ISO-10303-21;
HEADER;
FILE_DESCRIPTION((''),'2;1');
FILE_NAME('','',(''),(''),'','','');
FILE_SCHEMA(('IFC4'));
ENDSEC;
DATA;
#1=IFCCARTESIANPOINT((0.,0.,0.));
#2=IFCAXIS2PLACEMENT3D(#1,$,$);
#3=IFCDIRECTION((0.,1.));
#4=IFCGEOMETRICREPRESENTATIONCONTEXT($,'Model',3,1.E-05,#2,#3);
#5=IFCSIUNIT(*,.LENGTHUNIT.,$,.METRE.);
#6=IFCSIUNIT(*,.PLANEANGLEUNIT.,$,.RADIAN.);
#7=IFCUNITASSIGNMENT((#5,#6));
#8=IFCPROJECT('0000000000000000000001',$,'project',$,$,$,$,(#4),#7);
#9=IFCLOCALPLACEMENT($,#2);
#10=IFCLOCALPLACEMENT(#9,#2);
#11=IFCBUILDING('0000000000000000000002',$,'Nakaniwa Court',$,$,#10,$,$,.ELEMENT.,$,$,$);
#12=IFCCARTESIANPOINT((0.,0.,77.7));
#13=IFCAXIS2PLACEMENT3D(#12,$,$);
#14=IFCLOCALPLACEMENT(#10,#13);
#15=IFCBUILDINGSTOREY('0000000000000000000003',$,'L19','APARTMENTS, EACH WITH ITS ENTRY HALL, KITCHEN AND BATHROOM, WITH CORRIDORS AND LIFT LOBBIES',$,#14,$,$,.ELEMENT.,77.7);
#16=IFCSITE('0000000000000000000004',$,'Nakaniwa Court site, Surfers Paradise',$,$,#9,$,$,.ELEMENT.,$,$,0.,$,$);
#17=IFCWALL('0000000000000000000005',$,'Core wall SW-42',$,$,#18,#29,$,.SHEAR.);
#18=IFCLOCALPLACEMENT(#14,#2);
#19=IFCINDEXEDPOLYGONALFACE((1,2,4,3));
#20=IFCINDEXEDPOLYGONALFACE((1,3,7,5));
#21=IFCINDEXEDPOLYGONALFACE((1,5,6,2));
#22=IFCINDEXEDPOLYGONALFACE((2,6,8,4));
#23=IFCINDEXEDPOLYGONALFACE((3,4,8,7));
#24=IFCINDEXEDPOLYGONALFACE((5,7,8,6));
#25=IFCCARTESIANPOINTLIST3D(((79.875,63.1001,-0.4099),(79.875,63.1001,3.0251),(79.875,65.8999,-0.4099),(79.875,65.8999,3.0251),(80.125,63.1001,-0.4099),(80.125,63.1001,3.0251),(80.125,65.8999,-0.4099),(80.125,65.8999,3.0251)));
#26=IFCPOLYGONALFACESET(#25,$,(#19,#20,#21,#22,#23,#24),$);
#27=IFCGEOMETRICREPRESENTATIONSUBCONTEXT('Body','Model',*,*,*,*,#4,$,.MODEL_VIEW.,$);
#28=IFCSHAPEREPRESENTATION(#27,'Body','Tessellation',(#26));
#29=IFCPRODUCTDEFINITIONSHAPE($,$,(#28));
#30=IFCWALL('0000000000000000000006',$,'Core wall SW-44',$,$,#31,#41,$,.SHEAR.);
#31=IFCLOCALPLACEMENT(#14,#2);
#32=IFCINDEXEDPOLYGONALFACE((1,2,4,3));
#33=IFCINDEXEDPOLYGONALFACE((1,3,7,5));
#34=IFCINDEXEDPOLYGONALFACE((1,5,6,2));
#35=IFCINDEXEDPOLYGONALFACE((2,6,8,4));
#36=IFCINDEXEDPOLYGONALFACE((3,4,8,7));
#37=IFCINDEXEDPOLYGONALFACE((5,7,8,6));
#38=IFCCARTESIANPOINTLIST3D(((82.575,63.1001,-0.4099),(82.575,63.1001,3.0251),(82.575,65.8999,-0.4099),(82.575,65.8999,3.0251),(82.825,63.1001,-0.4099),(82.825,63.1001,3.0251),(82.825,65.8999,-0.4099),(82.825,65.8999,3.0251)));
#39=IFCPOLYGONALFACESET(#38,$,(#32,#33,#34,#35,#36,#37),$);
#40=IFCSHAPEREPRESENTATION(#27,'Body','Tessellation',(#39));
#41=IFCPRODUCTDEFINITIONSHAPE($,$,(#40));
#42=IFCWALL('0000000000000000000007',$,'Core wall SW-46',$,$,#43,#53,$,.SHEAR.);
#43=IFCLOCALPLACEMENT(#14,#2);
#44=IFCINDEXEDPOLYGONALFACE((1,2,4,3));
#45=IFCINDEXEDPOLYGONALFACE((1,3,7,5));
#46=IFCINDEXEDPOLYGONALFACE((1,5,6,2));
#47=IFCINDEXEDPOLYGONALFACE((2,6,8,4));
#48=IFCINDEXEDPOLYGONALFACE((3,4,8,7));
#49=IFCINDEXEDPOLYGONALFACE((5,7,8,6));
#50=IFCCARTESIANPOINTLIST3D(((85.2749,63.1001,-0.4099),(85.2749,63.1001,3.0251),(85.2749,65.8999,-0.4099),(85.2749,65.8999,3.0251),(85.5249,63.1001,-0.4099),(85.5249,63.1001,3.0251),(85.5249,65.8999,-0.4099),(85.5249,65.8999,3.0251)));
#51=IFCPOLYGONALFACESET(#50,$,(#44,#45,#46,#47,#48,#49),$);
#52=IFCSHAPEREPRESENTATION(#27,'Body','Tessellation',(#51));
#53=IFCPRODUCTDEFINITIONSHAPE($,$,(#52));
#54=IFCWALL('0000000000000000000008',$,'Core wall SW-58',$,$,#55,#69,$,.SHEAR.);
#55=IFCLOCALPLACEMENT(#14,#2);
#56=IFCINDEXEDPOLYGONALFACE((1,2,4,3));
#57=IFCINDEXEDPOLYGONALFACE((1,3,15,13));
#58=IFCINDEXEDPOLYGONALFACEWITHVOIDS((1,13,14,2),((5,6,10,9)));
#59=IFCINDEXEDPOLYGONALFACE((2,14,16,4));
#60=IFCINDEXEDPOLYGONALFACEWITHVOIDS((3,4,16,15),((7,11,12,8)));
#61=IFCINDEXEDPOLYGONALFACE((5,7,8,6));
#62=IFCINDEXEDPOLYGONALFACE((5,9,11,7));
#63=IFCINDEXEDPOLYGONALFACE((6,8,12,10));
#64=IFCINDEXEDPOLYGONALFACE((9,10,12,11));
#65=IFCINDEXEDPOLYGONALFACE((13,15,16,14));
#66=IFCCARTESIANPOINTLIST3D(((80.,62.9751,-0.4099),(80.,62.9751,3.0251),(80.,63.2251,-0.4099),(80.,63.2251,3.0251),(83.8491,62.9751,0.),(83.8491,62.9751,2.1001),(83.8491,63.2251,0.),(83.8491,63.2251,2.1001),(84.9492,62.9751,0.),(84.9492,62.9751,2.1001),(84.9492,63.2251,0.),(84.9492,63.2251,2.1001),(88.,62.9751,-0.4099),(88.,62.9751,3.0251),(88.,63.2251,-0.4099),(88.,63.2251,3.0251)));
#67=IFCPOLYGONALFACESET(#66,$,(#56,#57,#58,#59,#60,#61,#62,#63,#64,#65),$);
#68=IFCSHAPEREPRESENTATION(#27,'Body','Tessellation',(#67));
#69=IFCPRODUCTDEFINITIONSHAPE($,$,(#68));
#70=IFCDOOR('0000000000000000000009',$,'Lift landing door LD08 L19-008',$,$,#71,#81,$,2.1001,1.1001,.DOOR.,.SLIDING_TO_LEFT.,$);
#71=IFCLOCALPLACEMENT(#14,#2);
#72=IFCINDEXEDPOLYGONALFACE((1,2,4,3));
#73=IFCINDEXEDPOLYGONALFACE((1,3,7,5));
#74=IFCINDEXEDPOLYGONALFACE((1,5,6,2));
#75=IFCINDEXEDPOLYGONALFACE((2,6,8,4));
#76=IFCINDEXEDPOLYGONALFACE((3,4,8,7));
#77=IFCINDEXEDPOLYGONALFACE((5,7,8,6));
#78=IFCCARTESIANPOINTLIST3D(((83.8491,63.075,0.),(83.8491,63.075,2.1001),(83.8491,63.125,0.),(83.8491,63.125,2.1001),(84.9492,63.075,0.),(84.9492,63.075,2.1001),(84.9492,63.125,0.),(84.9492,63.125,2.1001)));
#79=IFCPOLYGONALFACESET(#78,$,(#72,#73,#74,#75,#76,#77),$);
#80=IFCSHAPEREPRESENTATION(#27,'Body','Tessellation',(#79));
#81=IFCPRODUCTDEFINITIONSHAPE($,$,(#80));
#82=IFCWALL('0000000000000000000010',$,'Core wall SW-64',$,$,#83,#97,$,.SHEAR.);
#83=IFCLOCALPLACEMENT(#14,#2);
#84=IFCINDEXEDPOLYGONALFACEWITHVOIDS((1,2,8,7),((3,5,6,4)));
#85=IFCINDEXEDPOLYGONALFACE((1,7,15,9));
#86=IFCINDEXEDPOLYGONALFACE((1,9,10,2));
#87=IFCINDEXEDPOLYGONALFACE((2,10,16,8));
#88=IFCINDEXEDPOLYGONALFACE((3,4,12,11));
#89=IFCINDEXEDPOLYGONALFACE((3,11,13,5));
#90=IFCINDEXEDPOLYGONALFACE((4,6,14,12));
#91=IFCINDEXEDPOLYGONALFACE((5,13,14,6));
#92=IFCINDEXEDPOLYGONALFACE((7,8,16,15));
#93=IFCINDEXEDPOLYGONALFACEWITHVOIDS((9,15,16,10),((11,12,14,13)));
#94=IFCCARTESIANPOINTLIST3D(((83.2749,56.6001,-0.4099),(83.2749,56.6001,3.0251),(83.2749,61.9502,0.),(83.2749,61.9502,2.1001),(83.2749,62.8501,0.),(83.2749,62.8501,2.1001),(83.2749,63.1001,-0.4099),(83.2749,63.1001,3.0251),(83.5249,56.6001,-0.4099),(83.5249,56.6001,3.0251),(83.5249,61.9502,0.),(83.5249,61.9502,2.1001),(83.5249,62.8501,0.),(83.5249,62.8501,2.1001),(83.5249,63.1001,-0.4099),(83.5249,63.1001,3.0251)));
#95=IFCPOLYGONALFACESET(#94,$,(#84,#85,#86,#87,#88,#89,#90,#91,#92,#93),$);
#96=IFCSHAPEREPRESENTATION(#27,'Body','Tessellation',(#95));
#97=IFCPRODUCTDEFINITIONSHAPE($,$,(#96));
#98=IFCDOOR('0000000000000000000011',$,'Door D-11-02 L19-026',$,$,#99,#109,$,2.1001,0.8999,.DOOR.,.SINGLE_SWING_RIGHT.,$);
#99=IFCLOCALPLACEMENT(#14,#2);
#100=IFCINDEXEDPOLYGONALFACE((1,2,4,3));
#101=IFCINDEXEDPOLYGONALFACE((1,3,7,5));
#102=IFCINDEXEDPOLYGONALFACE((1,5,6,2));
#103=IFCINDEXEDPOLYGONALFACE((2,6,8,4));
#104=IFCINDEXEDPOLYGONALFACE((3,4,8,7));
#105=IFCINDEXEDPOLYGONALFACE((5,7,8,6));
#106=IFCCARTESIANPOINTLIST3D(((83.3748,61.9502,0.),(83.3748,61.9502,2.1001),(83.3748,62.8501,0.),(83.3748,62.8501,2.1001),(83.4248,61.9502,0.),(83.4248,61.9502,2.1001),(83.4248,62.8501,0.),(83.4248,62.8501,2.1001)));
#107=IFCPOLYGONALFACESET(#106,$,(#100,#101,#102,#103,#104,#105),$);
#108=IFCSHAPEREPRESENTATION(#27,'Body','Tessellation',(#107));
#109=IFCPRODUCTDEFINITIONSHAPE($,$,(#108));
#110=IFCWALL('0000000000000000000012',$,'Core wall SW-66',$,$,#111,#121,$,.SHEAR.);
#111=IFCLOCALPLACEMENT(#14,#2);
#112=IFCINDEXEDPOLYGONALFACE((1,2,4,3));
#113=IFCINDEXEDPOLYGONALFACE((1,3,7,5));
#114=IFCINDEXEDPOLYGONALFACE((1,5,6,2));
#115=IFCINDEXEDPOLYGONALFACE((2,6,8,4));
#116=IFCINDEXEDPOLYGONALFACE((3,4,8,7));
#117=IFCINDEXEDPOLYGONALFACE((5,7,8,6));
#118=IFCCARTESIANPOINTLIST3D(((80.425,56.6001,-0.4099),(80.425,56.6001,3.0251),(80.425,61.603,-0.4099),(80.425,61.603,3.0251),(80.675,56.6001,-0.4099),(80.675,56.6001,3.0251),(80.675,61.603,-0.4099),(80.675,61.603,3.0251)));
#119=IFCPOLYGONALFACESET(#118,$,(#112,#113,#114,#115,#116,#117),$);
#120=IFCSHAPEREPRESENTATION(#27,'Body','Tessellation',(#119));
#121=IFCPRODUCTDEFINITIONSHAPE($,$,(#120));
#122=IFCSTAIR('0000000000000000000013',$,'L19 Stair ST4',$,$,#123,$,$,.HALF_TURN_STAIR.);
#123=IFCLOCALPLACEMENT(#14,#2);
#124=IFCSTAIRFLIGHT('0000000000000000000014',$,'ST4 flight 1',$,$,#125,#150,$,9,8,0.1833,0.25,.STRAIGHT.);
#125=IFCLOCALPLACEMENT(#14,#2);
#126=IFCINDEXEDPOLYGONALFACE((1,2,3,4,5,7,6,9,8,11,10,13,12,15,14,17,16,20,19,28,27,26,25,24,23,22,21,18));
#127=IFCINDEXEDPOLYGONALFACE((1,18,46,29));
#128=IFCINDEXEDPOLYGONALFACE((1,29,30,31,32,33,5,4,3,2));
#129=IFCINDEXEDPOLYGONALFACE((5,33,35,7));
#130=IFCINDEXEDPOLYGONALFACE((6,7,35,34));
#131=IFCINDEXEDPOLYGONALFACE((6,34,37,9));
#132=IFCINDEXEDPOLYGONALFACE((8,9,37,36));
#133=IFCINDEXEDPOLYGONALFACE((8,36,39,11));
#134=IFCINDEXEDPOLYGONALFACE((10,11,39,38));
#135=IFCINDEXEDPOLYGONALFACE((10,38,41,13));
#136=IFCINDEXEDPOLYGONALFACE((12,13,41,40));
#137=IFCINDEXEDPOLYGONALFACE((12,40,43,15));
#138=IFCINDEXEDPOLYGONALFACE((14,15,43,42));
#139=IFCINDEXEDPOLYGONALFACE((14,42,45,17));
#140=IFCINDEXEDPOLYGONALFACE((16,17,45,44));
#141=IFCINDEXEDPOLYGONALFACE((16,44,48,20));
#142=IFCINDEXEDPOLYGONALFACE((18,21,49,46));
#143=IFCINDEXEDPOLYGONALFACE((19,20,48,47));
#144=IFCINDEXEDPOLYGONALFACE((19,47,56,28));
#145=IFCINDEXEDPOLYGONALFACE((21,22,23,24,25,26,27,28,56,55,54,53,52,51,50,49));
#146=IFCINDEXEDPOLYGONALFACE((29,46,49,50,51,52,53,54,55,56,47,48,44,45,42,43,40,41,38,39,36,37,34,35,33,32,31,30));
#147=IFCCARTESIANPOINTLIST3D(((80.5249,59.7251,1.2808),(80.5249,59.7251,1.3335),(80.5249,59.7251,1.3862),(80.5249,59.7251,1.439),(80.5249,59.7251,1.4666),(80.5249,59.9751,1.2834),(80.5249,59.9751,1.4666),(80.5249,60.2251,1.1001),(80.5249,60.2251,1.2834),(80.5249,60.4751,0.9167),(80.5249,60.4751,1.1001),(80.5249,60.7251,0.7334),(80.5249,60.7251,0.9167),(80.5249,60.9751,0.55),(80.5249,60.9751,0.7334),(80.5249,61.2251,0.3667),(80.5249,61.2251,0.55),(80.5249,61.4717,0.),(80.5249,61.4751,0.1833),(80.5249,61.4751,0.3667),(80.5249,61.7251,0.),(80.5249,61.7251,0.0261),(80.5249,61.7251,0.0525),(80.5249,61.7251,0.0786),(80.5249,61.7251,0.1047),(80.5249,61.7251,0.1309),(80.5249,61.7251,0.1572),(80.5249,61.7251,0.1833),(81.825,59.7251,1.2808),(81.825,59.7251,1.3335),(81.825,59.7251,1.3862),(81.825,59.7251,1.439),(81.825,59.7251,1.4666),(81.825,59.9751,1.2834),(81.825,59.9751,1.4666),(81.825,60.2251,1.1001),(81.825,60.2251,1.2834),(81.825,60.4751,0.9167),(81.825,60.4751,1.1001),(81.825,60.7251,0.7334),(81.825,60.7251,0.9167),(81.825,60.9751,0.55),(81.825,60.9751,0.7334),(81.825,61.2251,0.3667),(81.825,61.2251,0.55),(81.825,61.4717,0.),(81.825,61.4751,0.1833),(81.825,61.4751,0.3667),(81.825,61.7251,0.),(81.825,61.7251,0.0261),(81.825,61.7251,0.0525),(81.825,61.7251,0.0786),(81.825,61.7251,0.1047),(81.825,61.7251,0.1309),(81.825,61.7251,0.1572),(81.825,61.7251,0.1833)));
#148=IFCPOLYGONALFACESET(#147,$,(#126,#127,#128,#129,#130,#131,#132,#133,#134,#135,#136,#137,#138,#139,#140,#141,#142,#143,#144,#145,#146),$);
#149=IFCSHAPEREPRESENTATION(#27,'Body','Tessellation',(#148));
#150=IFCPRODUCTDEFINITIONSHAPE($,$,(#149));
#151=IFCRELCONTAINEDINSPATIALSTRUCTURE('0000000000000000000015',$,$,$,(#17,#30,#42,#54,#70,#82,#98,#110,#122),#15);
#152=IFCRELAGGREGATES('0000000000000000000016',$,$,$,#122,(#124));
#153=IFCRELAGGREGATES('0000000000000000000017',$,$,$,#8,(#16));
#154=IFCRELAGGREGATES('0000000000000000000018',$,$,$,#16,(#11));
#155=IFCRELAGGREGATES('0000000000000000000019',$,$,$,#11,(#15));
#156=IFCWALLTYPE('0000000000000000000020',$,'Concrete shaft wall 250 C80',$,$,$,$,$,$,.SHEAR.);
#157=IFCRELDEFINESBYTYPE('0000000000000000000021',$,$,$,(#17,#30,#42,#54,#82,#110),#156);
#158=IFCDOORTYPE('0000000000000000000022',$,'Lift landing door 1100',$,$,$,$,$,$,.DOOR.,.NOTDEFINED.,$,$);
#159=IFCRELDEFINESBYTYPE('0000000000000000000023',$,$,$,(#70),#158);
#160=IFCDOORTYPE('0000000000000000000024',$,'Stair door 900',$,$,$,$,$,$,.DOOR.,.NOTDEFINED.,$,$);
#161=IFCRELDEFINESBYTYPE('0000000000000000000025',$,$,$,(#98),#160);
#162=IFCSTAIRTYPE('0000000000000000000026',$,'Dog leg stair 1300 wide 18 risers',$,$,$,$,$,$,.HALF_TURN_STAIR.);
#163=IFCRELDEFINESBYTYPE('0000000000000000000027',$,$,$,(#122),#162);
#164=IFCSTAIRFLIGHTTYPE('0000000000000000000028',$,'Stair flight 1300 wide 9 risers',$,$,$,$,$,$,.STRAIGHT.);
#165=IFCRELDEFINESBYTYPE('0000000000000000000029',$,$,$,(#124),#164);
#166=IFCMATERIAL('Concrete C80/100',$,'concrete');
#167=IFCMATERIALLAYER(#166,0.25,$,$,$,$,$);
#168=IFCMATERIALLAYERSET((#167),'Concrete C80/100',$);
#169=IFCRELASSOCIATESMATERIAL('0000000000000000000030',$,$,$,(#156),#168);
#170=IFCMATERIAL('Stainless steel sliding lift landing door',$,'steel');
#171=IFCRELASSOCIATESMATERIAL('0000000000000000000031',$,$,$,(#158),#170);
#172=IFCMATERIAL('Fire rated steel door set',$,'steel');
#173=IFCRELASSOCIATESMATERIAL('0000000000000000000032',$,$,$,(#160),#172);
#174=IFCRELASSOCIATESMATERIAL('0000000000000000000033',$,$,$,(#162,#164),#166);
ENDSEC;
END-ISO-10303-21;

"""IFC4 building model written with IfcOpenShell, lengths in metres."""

from ifc_helpers import new_model, si_unit, direction, frame, frame_2d, origin, place, context, subcontext, project, spatial, polyline, rectangle, outline, extrude, material, layer, layer_set, type_object, element, fill, aggregate, save


model = new_model("IFC4")

# Units and contexts
model_context = context("Model", 3, precision=1e-05, world=origin(), true_north=direction((0.0, 1.0)))
body_context = subcontext(model_context, "Body", "Model", "MODEL_VIEW")
ifc_project = project(units=[si_unit("LENGTHUNIT", "METRE"), si_unit("PLANEANGLEUNIT", "RADIAN")], contexts=[model_context])

# Site, building, storey
site_placement = place(None, origin())
site = spatial("IfcSite", under=ifc_project, at=site_placement, Name="Nakaniwa Court site, Surfers Paradise", CompositionType="ELEMENT", RefElevation=0.0)
building_placement = place(site_placement, origin())
building = spatial("IfcBuilding", under=site, at=building_placement, Name="Nakaniwa Court", CompositionType="ELEMENT")
storey_placement = place(building_placement, frame((0.0, 0.0, 77.7)))
storey = spatial("IfcBuildingStorey", under=building, at=storey_placement, Name="L19", Description="APARTMENTS, EACH WITH ITS ENTRY HALL, KITCHEN AND BATHROOM, WITH CORRIDORS AND LIFT LOBBIES", CompositionType="ELEMENT", Elevation=77.7)

# Shared definitions
ifc_material_1 = material(Name="Concrete C80/100", Category="concrete")

# Shared definitions
ifc_material_2 = material(Name="Fire rated steel door set", Category="steel")

# Walls
ifc_layer_1 = layer(ifc_material_1, 0.25)
ifc_layer_set_1 = layer_set([ifc_layer_1], Name="Concrete C80/100")
wall_type_1 = type_object("IfcWallType", Name="Concrete shaft wall 250 C80", PredefinedType="SHEAR", material=ifc_layer_set_1)
for number, where, z_axis, x_axis, name in (
    (1, (80.0, 63.1001, -0.4099), (0.0, 0.0, 1.0), (0.0, 1.0, 0.0), "Core wall SW-42"),
    (2, (82.7, 63.1001, -0.4099), (0.0, 0.0, 1.0), (0.0, 1.0, 0.0), "Core wall SW-44"),
    (3, (85.3999, 63.1001, -0.4099), (0.0, 0.0, 1.0), (0.0, 1.0, 0.0), "Core wall SW-46"),
):
    element("IfcWall", number, at=place(storey_placement, frame(where, z_axis=z_axis, x_axis=x_axis)), inside=storey, type_object=wall_type_1, Name=name, PredefinedType="SHEAR", context=body_context, shape_type="SweptSolid", body=[
        extrude(rectangle(XDim=2.7998, YDim=0.25, at=frame_2d((1.3999, 0.0))), origin(), (0.0, 0.0, 1.0), 3.4351),
    ])

# Walls, openings, doors
wall_1_placement = place(storey_placement, frame((80.0, 63.1001, -0.4099), z_axis=(0.0, 0.0, 1.0), x_axis=(1.0, 0.0, 0.0)))
wall_1 = element("IfcWall", 4, at=wall_1_placement, inside=storey, type_object=wall_type_1, Name="Core wall SW-58", PredefinedType="SHEAR", context=body_context, shape_type="SweptSolid", body=[
    extrude(rectangle(XDim=8.0, YDim=0.25, at=frame_2d((4.0, 0.0))), origin(), (0.0, 0.0, 1.0), 3.4351),
])
opening_1_placement = place(wall_1_placement, frame((3.8491, 0.0, 0.4099)))
opening_1 = element("IfcOpeningElement", 5, at=opening_1_placement, cuts=wall_1, PredefinedType="OPENING", context=body_context, shape_type="SweptSolid", body=[
    extrude(rectangle(XDim=1.1001, YDim=2.1001, at=frame_2d((0.55, 1.05))), frame((0.0, 0.135, 0.0), z_axis=(0.0, -1.0, 0.0), x_axis=(1.0, 0.0, 0.0)), (0.0, 0.0, 1.0), 0.27),
])
ifc_material_3 = material(Name="Stainless steel sliding lift landing door", Category="steel")
door_type_1 = type_object("IfcDoorType", Name="Lift landing door 1100", OperationType="NOTDEFINED", PredefinedType="DOOR", material=ifc_material_3)
door_1_placement = place(opening_1_placement, origin())
door_1 = element("IfcDoor", 6, at=door_1_placement, inside=storey, type_object=door_type_1, Name="Lift landing door LD08 L19-008", OperationType="SLIDING_TO_LEFT", OverallHeight=2.1001, OverallWidth=1.1001, PredefinedType="DOOR", context=body_context, shape_type="SweptSolid", body=[
    extrude(rectangle(XDim=1.1001, YDim=2.1001, at=frame_2d((0.55, 1.05))), frame((0.0, 0.0249, 0.0), z_axis=(0.0, -1.0, 0.0), x_axis=(1.0, 0.0, 0.0)), (0.0, 0.0, 1.0), 0.05),
])
fill(opening_1, door_1)
wall_2_placement = place(storey_placement, frame((83.3999, 63.1001, -0.4099), z_axis=(0.0, 0.0, 1.0), x_axis=(0.0, -1.0, 0.0)))
wall_2 = element("IfcWall", 7, at=wall_2_placement, inside=storey, type_object=wall_type_1, Name="Core wall SW-64", PredefinedType="SHEAR", context=body_context, shape_type="SweptSolid", body=[
    extrude(rectangle(XDim=6.5, YDim=0.25, at=frame_2d((3.25, 0.0))), origin(), (0.0, 0.0, 1.0), 3.4351),
])
opening_2_placement = place(wall_2_placement, frame((0.25, 0.0, 0.4099)))
opening_2 = element("IfcOpeningElement", 8, at=opening_2_placement, cuts=wall_2, PredefinedType="OPENING", context=body_context, shape_type="SweptSolid", body=[
    extrude(rectangle(XDim=0.8999, YDim=2.1001, at=frame_2d((0.45, 1.05))), frame((0.0, 0.135, 0.0), z_axis=(0.0, -1.0, 0.0), x_axis=(1.0, 0.0, 0.0)), (0.0, 0.0, 1.0), 0.27),
])
door_type_2 = type_object("IfcDoorType", Name="Stair door 900", OperationType="NOTDEFINED", PredefinedType="DOOR", material=ifc_material_2)
door_2_placement = place(opening_2_placement, origin())
door_2 = element("IfcDoor", 9, at=door_2_placement, inside=storey, type_object=door_type_2, Name="Door D-11-02 L19-026", OperationType="SINGLE_SWING_RIGHT", OverallHeight=2.1001, OverallWidth=0.8999, PredefinedType="DOOR", context=body_context, shape_type="SweptSolid", body=[
    extrude(rectangle(XDim=0.8999, YDim=2.1001, at=frame_2d((0.45, 1.05))), frame((0.0, 0.0249, 0.0), z_axis=(0.0, -1.0, 0.0), x_axis=(1.0, 0.0, 0.0)), (0.0, 0.0, 1.0), 0.05),
])
fill(opening_2, door_2)

# Wall
wall_3_placement = place(storey_placement, frame((80.55, 56.6001, -0.4099), z_axis=(0.0, 0.0, 1.0), x_axis=(0.0, 1.0, 0.0)))
element("IfcWall", 10, at=wall_3_placement, inside=storey, type_object=wall_type_1, Name="Core wall SW-66", PredefinedType="SHEAR", context=body_context, shape_type="SweptSolid", body=[
    extrude(rectangle(XDim=5.0029, YDim=0.25, at=frame_2d((2.5015, 0.0))), origin(), (0.0, 0.0, 1.0), 3.4351),
])

# Stair, stair flight
stair_type = type_object("IfcStairType", Name="Dog leg stair 1300 wide 18 risers", PredefinedType="HALF_TURN_STAIR", material=ifc_material_1)
stair_placement = place(storey_placement, origin())
stair = element("IfcStair", 11, at=stair_placement, inside=storey, type_object=stair_type, Name="L19 Stair ST4", PredefinedType="HALF_TURN_STAIR")
stair_flight_type = type_object("IfcStairFlightType", Name="Stair flight 1300 wide 9 risers", PredefinedType="STRAIGHT", material=ifc_material_1)
stair_flight_1_placement = place(storey_placement, frame((81.175, 61.7251, 0.0), z_axis=(0.0, 0.0, 1.0), x_axis=(0.0, -1.0, 0.0)))
stair_flight_1 = element("IfcStairFlight", 12, at=stair_flight_1_placement, type_object=stair_flight_type, Name="ST4 flight 1", NumberOfRisers=9, NumberOfTreads=8, PredefinedType="STRAIGHT", RiserHeight=0.1833, TreadLength=0.25, context=body_context, shape_type="SweptSolid", body=[
    extrude(outline(polyline([(0.0, 0.0), (0.0, 0.0261), (0.0, 0.0525), (0.0, 0.0786), (0.0, 0.1047), (0.0, 0.1309), (0.0, 0.1572), (0.0, 0.1833), (0.25, 0.1833), (0.25, 0.3667), (0.5, 0.3667), (0.5, 0.55), (0.75, 0.55), (0.75, 0.7334), (1.0, 0.7334), (1.0, 0.9167), (1.25, 0.9167), (1.25, 1.1001), (1.5, 1.1001), (1.5, 1.2834), (1.75, 1.2834), (1.75, 1.4666), (2.0, 1.4666), (2.0, 1.6499), (2.0, 1.5972), (2.0, 1.5444), (2.0, 1.4917), (2.0, 1.439), (2.0, 1.3862), (2.0, 1.3335), (2.0, 1.2808), (0.2534, 0.0), (0.0, 0.0)])), frame((0.0, 0.6499, 0.0), z_axis=(0.0, -1.0, 0.0), x_axis=(1.0, 0.0, 0.0)), (0.0, 0.0, 1.0), 1.3),
])
aggregate(stair, [stair_flight_1])

save(model, "model.ifc")
